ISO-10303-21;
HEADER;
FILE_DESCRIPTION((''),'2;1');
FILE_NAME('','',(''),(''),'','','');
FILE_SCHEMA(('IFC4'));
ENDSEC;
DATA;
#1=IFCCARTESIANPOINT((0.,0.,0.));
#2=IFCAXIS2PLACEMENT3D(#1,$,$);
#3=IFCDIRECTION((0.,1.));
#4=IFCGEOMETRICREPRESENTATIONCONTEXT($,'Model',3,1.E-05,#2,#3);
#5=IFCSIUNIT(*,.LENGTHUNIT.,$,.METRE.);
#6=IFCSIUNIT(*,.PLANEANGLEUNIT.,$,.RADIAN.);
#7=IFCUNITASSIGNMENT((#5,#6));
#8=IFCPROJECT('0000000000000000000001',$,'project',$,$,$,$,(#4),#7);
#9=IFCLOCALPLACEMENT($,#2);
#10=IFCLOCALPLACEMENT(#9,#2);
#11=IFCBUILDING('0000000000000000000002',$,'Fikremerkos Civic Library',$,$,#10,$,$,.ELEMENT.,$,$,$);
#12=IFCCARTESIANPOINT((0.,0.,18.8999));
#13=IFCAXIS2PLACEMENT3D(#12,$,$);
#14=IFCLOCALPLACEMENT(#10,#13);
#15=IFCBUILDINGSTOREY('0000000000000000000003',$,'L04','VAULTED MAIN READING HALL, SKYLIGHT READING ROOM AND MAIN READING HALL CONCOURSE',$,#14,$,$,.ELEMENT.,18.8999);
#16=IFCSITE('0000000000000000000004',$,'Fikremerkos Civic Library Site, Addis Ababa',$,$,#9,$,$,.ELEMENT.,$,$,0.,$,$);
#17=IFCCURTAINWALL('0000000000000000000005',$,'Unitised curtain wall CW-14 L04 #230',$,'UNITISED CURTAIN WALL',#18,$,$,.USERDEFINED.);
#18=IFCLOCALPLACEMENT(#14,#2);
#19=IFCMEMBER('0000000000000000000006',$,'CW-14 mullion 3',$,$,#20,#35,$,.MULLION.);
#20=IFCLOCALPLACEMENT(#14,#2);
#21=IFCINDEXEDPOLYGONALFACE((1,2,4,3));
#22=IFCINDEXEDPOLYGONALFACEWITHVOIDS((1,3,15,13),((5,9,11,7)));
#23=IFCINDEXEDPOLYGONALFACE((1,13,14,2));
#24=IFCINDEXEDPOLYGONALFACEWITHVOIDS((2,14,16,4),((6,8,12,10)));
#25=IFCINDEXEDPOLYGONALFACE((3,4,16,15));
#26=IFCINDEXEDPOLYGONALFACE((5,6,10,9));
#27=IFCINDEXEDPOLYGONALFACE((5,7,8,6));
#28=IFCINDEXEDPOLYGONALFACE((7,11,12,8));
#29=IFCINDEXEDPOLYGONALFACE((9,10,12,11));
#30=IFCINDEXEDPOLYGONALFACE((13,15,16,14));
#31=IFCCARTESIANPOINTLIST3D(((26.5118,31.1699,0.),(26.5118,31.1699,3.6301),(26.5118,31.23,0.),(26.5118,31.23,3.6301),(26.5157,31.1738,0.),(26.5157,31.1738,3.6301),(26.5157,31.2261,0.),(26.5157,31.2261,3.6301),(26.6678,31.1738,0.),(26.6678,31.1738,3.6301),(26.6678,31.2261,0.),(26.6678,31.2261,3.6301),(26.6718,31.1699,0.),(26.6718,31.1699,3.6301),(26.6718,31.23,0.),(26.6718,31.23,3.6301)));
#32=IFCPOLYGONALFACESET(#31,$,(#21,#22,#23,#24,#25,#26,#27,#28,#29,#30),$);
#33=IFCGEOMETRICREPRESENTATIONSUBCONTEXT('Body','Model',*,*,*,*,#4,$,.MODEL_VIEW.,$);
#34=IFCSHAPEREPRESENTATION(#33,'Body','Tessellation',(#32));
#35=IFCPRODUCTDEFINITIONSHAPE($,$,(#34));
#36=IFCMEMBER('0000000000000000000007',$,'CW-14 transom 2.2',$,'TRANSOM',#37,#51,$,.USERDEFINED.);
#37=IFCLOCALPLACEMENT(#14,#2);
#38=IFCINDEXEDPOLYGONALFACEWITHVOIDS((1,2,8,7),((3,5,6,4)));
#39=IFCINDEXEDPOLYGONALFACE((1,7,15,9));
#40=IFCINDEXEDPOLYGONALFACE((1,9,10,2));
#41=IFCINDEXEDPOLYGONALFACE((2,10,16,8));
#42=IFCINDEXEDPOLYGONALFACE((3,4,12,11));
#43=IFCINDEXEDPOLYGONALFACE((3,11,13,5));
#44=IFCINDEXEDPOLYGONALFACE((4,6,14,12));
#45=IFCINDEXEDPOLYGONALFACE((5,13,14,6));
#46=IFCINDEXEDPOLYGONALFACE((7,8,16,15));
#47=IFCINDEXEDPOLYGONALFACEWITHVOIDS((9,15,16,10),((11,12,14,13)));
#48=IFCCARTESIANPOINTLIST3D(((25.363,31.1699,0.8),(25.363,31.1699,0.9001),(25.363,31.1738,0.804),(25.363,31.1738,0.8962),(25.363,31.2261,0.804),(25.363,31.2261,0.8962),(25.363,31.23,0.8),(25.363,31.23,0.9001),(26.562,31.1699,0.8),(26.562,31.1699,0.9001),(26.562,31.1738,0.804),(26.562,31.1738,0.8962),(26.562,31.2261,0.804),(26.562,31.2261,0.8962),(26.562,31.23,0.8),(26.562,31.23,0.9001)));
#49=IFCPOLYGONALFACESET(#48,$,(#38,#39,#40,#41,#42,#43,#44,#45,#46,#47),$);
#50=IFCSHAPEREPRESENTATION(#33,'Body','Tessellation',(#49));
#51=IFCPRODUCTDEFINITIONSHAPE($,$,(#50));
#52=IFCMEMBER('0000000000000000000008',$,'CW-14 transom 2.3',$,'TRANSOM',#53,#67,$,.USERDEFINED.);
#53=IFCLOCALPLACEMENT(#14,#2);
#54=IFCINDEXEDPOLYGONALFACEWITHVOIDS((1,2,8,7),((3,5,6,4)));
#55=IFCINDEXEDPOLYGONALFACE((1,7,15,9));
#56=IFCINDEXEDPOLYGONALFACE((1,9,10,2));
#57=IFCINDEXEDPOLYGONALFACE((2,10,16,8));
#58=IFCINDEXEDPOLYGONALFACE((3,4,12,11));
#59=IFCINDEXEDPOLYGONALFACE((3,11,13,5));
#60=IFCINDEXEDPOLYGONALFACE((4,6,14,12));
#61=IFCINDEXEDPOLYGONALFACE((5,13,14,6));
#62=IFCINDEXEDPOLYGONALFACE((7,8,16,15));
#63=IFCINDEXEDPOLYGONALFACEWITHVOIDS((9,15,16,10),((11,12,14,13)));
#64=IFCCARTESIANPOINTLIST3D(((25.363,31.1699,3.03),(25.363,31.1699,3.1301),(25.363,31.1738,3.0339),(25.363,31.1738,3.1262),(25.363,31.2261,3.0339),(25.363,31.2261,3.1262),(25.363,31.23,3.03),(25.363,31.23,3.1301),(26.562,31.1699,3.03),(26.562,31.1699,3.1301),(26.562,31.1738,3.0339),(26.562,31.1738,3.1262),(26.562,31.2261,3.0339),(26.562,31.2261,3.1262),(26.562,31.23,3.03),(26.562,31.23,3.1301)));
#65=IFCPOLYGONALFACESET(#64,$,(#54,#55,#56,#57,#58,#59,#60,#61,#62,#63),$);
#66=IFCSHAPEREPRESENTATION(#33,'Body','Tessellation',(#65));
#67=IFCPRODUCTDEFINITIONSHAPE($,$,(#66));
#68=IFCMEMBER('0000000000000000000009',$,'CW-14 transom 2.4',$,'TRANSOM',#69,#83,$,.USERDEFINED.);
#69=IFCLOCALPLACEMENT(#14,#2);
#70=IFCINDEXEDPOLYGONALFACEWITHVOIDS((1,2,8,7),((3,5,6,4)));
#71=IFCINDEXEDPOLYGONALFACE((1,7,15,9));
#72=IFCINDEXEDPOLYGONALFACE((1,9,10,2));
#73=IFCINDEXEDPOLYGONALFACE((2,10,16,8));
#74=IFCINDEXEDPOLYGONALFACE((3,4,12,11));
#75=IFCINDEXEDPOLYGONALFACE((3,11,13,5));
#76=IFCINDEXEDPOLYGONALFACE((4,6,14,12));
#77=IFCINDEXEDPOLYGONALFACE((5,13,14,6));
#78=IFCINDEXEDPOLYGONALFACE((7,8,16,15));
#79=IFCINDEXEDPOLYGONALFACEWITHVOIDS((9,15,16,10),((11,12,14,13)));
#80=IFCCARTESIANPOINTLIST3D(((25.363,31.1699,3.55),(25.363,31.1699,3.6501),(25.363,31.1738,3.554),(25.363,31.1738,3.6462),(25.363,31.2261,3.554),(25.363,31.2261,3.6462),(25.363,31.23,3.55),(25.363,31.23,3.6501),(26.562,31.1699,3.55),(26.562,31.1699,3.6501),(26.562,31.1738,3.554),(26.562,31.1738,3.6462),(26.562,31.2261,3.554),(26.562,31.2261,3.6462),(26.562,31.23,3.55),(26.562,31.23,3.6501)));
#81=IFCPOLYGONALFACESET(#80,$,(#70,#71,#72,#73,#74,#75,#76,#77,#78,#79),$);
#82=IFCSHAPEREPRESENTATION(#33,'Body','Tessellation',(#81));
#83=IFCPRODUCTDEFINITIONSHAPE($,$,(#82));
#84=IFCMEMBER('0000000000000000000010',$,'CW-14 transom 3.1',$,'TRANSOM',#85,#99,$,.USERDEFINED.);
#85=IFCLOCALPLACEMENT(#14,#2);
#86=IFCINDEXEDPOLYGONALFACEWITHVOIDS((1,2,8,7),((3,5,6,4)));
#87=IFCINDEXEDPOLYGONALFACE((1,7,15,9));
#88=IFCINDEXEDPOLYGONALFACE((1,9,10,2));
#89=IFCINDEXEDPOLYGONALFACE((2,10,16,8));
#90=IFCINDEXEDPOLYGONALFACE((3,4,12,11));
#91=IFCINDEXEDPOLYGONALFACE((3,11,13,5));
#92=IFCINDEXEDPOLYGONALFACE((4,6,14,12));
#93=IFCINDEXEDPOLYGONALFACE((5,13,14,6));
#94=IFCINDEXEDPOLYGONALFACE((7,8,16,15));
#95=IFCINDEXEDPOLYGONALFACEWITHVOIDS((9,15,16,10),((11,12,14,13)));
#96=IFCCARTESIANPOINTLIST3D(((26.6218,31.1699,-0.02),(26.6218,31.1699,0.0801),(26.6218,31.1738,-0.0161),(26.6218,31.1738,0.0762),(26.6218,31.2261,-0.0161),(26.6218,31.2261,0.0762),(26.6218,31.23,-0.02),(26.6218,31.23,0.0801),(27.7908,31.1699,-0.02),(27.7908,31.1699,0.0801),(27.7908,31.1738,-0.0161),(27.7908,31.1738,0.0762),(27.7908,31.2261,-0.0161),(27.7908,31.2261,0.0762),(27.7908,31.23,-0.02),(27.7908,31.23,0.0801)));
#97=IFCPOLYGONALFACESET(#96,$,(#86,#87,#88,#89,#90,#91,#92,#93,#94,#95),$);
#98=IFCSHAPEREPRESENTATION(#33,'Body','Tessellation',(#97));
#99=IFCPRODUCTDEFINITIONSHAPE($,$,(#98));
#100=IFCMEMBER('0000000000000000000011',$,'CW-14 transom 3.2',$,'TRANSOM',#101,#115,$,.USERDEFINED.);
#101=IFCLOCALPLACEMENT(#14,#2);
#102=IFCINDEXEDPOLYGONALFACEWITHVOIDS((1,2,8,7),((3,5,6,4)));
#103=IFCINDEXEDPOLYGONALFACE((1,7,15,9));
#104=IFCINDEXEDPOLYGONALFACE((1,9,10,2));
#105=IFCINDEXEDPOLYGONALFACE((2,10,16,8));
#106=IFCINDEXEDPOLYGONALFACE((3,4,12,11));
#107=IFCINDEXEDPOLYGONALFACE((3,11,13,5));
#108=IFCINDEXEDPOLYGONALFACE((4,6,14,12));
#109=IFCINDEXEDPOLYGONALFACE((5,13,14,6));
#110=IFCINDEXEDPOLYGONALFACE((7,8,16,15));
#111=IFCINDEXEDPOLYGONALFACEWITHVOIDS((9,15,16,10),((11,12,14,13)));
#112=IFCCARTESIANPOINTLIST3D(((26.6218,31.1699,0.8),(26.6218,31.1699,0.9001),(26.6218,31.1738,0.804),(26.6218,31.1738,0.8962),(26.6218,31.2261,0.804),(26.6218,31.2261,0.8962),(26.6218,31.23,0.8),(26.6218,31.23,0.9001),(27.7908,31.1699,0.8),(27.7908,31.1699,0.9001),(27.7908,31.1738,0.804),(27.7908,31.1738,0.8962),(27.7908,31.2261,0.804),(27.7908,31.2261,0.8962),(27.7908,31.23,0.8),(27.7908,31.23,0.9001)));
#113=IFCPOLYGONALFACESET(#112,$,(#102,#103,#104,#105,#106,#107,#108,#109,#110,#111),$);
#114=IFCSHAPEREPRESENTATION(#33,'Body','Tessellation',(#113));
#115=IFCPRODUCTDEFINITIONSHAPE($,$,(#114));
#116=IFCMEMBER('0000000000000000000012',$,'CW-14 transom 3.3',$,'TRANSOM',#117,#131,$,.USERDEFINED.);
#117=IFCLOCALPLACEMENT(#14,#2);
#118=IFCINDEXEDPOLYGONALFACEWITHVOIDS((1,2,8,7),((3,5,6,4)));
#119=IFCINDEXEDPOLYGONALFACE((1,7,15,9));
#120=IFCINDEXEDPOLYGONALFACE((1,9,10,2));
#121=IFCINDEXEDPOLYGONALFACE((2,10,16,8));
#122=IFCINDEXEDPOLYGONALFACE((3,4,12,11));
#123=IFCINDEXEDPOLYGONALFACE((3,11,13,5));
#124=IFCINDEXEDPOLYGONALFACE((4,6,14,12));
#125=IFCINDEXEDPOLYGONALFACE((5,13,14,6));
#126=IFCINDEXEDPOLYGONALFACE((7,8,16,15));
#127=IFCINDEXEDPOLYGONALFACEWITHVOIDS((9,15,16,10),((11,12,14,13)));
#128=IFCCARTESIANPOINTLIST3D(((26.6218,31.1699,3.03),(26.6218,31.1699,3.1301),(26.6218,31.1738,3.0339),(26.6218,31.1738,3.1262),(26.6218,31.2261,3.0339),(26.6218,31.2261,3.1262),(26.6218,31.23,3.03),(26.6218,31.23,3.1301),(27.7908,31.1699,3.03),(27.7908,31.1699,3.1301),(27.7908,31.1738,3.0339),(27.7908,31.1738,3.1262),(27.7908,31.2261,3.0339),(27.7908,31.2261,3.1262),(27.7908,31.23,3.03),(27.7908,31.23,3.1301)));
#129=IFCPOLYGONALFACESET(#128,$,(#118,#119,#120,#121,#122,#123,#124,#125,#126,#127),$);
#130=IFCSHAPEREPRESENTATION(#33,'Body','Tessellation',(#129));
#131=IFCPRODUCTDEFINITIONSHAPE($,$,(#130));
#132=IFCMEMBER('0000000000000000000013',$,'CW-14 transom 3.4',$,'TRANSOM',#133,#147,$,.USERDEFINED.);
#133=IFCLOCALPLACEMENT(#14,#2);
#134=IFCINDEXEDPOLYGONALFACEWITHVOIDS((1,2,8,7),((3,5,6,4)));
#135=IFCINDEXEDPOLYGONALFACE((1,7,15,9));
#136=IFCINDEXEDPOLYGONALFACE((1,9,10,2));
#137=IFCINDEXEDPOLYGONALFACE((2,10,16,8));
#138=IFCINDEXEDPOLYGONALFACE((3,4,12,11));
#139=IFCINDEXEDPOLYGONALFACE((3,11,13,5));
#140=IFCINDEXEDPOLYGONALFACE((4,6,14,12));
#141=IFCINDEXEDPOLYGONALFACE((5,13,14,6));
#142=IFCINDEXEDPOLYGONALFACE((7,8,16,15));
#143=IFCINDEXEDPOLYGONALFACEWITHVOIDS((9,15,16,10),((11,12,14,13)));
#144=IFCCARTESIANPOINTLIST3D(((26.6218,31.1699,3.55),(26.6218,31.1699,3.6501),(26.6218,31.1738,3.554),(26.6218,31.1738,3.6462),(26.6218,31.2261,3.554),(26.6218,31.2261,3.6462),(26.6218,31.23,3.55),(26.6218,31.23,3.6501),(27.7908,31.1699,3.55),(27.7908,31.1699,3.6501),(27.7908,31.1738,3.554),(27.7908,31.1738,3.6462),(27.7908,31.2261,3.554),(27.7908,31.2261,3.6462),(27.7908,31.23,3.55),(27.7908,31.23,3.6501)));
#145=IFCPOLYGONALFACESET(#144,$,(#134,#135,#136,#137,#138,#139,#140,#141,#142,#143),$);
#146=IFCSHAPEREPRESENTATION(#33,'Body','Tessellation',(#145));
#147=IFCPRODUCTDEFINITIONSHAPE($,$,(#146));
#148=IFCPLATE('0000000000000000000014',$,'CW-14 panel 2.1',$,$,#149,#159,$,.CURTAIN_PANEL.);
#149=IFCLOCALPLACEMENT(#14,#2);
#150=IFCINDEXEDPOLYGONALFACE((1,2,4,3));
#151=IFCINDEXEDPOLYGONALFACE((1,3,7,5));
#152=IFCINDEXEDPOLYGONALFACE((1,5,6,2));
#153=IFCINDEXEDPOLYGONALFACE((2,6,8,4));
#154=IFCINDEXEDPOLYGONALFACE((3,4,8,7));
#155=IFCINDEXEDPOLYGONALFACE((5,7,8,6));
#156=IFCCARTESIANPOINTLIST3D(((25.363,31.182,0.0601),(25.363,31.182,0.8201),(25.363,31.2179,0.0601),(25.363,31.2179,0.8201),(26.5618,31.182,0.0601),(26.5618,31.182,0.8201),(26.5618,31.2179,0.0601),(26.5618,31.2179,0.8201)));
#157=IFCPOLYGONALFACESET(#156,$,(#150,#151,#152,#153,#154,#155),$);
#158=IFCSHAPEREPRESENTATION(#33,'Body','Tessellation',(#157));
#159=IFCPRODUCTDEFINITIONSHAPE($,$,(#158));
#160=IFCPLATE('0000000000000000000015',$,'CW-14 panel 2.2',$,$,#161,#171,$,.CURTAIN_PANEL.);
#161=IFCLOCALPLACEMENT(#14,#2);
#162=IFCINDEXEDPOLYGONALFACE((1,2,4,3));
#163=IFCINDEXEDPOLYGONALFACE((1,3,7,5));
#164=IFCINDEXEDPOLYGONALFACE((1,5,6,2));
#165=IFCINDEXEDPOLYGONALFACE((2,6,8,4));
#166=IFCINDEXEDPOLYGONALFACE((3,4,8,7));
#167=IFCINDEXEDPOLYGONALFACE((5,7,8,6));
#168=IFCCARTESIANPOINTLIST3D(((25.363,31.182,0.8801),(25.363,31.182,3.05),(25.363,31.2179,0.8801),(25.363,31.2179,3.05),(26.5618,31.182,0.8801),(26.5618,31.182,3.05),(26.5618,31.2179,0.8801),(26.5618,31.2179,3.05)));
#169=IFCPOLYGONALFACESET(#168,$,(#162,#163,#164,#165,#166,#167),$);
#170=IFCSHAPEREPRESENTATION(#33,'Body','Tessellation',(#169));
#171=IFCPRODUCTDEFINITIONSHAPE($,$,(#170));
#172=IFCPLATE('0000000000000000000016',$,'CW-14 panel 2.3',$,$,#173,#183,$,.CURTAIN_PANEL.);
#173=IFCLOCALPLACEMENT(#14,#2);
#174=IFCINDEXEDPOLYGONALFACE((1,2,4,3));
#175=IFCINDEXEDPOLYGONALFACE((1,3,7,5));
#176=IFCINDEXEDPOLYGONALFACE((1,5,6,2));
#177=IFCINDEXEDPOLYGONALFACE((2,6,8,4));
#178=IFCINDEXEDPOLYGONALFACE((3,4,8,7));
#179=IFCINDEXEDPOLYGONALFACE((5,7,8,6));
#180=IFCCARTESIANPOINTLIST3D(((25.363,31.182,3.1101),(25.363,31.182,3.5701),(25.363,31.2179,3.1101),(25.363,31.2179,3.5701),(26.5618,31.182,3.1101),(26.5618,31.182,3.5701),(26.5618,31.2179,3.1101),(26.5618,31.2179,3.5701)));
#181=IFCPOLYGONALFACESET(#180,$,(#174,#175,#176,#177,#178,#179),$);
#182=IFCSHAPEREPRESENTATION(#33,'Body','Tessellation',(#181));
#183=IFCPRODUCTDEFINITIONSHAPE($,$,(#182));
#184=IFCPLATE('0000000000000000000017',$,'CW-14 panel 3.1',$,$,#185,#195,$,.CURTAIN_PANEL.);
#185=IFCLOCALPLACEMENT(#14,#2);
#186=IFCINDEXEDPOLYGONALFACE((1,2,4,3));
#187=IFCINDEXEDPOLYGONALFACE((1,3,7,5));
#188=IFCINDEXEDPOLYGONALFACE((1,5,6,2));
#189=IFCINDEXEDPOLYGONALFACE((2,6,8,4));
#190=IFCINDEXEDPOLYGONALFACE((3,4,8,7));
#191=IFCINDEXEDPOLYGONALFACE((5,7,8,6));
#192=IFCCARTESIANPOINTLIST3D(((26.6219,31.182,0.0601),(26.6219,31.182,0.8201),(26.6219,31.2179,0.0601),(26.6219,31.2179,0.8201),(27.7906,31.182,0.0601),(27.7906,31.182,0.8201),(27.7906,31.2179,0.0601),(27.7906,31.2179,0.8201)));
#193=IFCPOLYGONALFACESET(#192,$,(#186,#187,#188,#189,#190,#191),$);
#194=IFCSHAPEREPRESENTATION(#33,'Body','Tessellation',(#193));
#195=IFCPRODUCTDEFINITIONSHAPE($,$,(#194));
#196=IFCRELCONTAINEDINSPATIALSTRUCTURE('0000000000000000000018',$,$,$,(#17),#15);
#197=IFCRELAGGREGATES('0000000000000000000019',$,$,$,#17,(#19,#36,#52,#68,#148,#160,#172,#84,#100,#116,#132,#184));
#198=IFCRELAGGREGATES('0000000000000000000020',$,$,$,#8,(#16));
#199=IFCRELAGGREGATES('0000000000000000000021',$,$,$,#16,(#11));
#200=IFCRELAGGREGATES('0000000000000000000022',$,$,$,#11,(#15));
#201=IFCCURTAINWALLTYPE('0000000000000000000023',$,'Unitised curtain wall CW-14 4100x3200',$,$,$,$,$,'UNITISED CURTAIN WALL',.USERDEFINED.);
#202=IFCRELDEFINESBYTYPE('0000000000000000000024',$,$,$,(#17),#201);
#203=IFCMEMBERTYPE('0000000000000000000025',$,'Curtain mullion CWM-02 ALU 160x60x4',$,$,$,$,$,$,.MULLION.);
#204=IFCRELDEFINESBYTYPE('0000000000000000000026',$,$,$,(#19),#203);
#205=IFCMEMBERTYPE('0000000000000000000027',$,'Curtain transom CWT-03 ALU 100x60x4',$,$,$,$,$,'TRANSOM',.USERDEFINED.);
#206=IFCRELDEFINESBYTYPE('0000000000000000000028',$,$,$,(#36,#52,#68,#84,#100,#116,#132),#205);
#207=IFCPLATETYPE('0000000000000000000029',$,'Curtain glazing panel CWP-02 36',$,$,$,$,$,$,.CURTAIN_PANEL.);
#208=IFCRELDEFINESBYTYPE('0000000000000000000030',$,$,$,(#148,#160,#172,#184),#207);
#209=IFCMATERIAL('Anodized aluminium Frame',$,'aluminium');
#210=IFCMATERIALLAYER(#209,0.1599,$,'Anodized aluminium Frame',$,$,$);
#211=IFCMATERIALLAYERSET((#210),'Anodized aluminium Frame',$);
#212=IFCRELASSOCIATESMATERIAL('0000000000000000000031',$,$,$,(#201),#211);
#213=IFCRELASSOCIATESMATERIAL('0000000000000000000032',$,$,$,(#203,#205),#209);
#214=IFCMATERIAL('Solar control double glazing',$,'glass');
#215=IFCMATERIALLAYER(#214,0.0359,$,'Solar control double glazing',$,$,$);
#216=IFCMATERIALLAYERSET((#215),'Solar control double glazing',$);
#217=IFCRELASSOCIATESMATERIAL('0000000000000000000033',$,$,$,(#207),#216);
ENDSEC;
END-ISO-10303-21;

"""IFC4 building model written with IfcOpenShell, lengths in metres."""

from ifc_helpers import new_model, si_unit, direction, frame, origin, origin_2d, place, context, subcontext, project, spatial, rectangle, hollow_rectangle, extrude, material, layer, layer_set, material_profile, profile_set, type_object, element, aggregate, save


model = new_model("IFC4")

# Units and contexts
model_context = context("Model", 3, precision=1e-05, world=origin(), true_north=direction((0.0, 1.0)))
body_context = subcontext(model_context, "Body", "Model", "MODEL_VIEW")
ifc_project = project(units=[si_unit("LENGTHUNIT", "METRE"), si_unit("PLANEANGLEUNIT", "RADIAN")], contexts=[model_context])

# Site, building, storey
site_placement = place(None, origin())
site = spatial("IfcSite", under=ifc_project, at=site_placement, Name="Fikremerkos Civic Library Site, Addis Ababa", CompositionType="ELEMENT", RefElevation=0.0)
building_placement = place(site_placement, origin())
building = spatial("IfcBuilding", under=site, at=building_placement, Name="Fikremerkos Civic Library", CompositionType="ELEMENT")
storey_placement = place(building_placement, frame((0.0, 0.0, 18.8999)))
storey = spatial("IfcBuildingStorey", under=building, at=storey_placement, Name="L04", Description="VAULTED MAIN READING HALL, SKYLIGHT READING ROOM AND MAIN READING HALL CONCOURSE", CompositionType="ELEMENT", Elevation=18.8999)

# Curtain wall, members, plates
ifc_material_1 = material(Name="Anodized aluminium Frame", Category="aluminium")
ifc_layer_1 = layer(ifc_material_1, 0.1599, Name="Anodized aluminium Frame")
ifc_layer_set_1 = layer_set([ifc_layer_1], Name="Anodized aluminium Frame")
curtain_wall_type = type_object("IfcCurtainWallType", Name="Unitised curtain wall CW-14 4100x3200", ElementType="UNITISED CURTAIN WALL", PredefinedType="USERDEFINED", material=ifc_layer_set_1)
curtain_wall_placement = place(storey_placement, origin())
curtain_wall = element("IfcCurtainWall", 1, at=curtain_wall_placement, inside=storey, type_object=curtain_wall_type, Name="Unitised curtain wall CW-14 L04 #230", ObjectType="UNITISED CURTAIN WALL", PredefinedType="USERDEFINED")
ifc_material_profile_1 = material_profile(ifc_material_1, hollow_rectangle(XDim=0.0601, YDim=0.1599, WallThickness=0.0039, at=origin_2d()), Name="ALU 160x60x4")
ifc_profile_set_1 = profile_set([ifc_material_profile_1], Name="Anodized aluminium Frame")
member_type_1 = type_object("IfcMemberType", Name="Curtain mullion CWM-02 ALU 160x60x4", PredefinedType="MULLION", material=ifc_profile_set_1)
member_1_placement = place(storey_placement, frame((26.5918, 31.2, 0.0), z_axis=(0.0, 0.0, 1.0), x_axis=(0.0, 1.0, 0.0)))
member_1 = element("IfcMember", 2, at=member_1_placement, type_object=member_type_1, Name="CW-14 mullion 3", PredefinedType="MULLION", context=body_context, shape_type="SweptSolid", body=[
    extrude(hollow_rectangle(XDim=0.0601, YDim=0.1599, WallThickness=0.0039, at=origin_2d()), origin(), (0.0, 0.0, 1.0), 3.6301),
])
ifc_material_profile_2 = material_profile(ifc_material_1, hollow_rectangle(XDim=0.0601, YDim=0.1001, WallThickness=0.0039, at=origin_2d()), Name="ALU 100x60x4")
ifc_profile_set_2 = profile_set([ifc_material_profile_2], Name="Anodized aluminium Frame")
member_type_2 = type_object("IfcMemberType", Name="Curtain transom CWT-03 ALU 100x60x4", ElementType="TRANSOM", PredefinedType="USERDEFINED", material=ifc_profile_set_2)
member_2_placement = place(storey_placement, frame((25.363, 31.2, 0.8501), z_axis=(1.0, 0.0, 0.0), x_axis=(0.0, 1.0, 0.0)))
member_2 = element("IfcMember", 3, at=member_2_placement, type_object=member_type_2, Name="CW-14 transom 2.2", ObjectType="TRANSOM", PredefinedType="USERDEFINED", context=body_context, shape_type="SweptSolid", body=[
    extrude(hollow_rectangle(XDim=0.0601, YDim=0.1001, WallThickness=0.0039, at=origin_2d()), origin(), (0.0, 0.0, 1.0), 1.199),
])
member_3_placement = place(storey_placement, frame((25.363, 31.2, 3.0801), z_axis=(1.0, 0.0, 0.0), x_axis=(0.0, 1.0, 0.0)))
member_3 = element("IfcMember", 4, at=member_3_placement, type_object=member_type_2, Name="CW-14 transom 2.3", ObjectType="TRANSOM", PredefinedType="USERDEFINED", context=body_context, shape_type="SweptSolid", body=[
    extrude(hollow_rectangle(XDim=0.0601, YDim=0.1001, WallThickness=0.0039, at=origin_2d()), origin(), (0.0, 0.0, 1.0), 1.199),
])
member_4_placement = place(storey_placement, frame((25.363, 31.2, 3.6001), z_axis=(1.0, 0.0, 0.0), x_axis=(0.0, 1.0, 0.0)))
member_4 = element("IfcMember", 5, at=member_4_placement, type_object=member_type_2, Name="CW-14 transom 2.4", ObjectType="TRANSOM", PredefinedType="USERDEFINED", context=body_context, shape_type="SweptSolid", body=[
    extrude(hollow_rectangle(XDim=0.0601, YDim=0.1001, WallThickness=0.0039, at=origin_2d()), origin(), (0.0, 0.0, 1.0), 1.199),
])
member_5_placement = place(storey_placement, frame((26.6218, 31.2, 0.03), z_axis=(1.0, 0.0, 0.0), x_axis=(0.0, 1.0, 0.0)))
member_5 = element("IfcMember", 6, at=member_5_placement, type_object=member_type_2, Name="CW-14 transom 3.1", ObjectType="TRANSOM", PredefinedType="USERDEFINED", context=body_context, shape_type="SweptSolid", body=[
    extrude(hollow_rectangle(XDim=0.0601, YDim=0.1001, WallThickness=0.0039, at=origin_2d()), origin(), (0.0, 0.0, 1.0), 1.1689),
])
member_6_placement = place(storey_placement, frame((26.6218, 31.2, 0.8501), z_axis=(1.0, 0.0, 0.0), x_axis=(0.0, 1.0, 0.0)))
member_6 = element("IfcMember", 7, at=member_6_placement, type_object=member_type_2, Name="CW-14 transom 3.2", ObjectType="TRANSOM", PredefinedType="USERDEFINED", context=body_context, shape_type="SweptSolid", body=[
    extrude(hollow_rectangle(XDim=0.0601, YDim=0.1001, WallThickness=0.0039, at=origin_2d()), origin(), (0.0, 0.0, 1.0), 1.1689),
])
member_7_placement = place(storey_placement, frame((26.6218, 31.2, 3.0801), z_axis=(1.0, 0.0, 0.0), x_axis=(0.0, 1.0, 0.0)))
member_7 = element("IfcMember", 8, at=member_7_placement, type_object=member_type_2, Name="CW-14 transom 3.3", ObjectType="TRANSOM", PredefinedType="USERDEFINED", context=body_context, shape_type="SweptSolid", body=[
    extrude(hollow_rectangle(XDim=0.0601, YDim=0.1001, WallThickness=0.0039, at=origin_2d()), origin(), (0.0, 0.0, 1.0), 1.1689),
])
member_8_placement = place(storey_placement, frame((26.6218, 31.2, 3.6001), z_axis=(1.0, 0.0, 0.0), x_axis=(0.0, 1.0, 0.0)))
member_8 = element("IfcMember", 9, at=member_8_placement, type_object=member_type_2, Name="CW-14 transom 3.4", ObjectType="TRANSOM", PredefinedType="USERDEFINED", context=body_context, shape_type="SweptSolid", body=[
    extrude(hollow_rectangle(XDim=0.0601, YDim=0.1001, WallThickness=0.0039, at=origin_2d()), origin(), (0.0, 0.0, 1.0), 1.1689),
])
ifc_material_2 = material(Name="Solar control double glazing", Category="glass")
ifc_layer_2 = layer(ifc_material_2, 0.0359, Name="Solar control double glazing")
ifc_layer_set_2 = layer_set([ifc_layer_2], Name="Solar control double glazing")
plate_type = type_object("IfcPlateType", Name="Curtain glazing panel CWP-02 36", PredefinedType="CURTAIN_PANEL", material=ifc_layer_set_2)
plate_1_placement = place(storey_placement, frame((25.9624, 31.2, 0.0601), z_axis=(0.0, 0.0, 1.0), x_axis=(1.0, 0.0, 0.0)))
plate_1 = element("IfcPlate", 10, at=plate_1_placement, type_object=plate_type, Name="CW-14 panel 2.1", PredefinedType="CURTAIN_PANEL", context=body_context, shape_type="SweptSolid", body=[
    extrude(rectangle(XDim=1.1987, YDim=0.0359, at=origin_2d()), origin(), (0.0, 0.0, 1.0), 0.76),
])
plate_2_placement = place(storey_placement, frame((25.9624, 31.2, 0.8801), z_axis=(0.0, 0.0, 1.0), x_axis=(1.0, 0.0, 0.0)))
plate_2 = element("IfcPlate", 11, at=plate_2_placement, type_object=plate_type, Name="CW-14 panel 2.2", PredefinedType="CURTAIN_PANEL", context=body_context, shape_type="SweptSolid", body=[
    extrude(rectangle(XDim=1.1987, YDim=0.0359, at=origin_2d()), origin(), (0.0, 0.0, 1.0), 2.1699),
])
plate_3_placement = place(storey_placement, frame((25.9624, 31.2, 3.1101), z_axis=(0.0, 0.0, 1.0), x_axis=(1.0, 0.0, 0.0)))
plate_3 = element("IfcPlate", 12, at=plate_3_placement, type_object=plate_type, Name="CW-14 panel 2.3", PredefinedType="CURTAIN_PANEL", context=body_context, shape_type="SweptSolid", body=[
    extrude(rectangle(XDim=1.1987, YDim=0.0359, at=origin_2d()), origin(), (0.0, 0.0, 1.0), 0.46),
])
plate_4_placement = place(storey_placement, frame((27.2063, 31.2, 0.0601), z_axis=(0.0, 0.0, 1.0), x_axis=(1.0, 0.0, 0.0)))
plate_4 = element("IfcPlate", 13, at=plate_4_placement, type_object=plate_type, Name="CW-14 panel 3.1", PredefinedType="CURTAIN_PANEL", context=body_context, shape_type="SweptSolid", body=[
    extrude(rectangle(XDim=1.1687, YDim=0.0359, at=origin_2d()), origin(), (0.0, 0.0, 1.0), 0.76),
])
aggregate(curtain_wall, [member_1, member_2, member_3, member_4, plate_1, plate_2, plate_3, member_5, member_6, member_7, member_8, plate_4])

save(model, "model.ifc")
